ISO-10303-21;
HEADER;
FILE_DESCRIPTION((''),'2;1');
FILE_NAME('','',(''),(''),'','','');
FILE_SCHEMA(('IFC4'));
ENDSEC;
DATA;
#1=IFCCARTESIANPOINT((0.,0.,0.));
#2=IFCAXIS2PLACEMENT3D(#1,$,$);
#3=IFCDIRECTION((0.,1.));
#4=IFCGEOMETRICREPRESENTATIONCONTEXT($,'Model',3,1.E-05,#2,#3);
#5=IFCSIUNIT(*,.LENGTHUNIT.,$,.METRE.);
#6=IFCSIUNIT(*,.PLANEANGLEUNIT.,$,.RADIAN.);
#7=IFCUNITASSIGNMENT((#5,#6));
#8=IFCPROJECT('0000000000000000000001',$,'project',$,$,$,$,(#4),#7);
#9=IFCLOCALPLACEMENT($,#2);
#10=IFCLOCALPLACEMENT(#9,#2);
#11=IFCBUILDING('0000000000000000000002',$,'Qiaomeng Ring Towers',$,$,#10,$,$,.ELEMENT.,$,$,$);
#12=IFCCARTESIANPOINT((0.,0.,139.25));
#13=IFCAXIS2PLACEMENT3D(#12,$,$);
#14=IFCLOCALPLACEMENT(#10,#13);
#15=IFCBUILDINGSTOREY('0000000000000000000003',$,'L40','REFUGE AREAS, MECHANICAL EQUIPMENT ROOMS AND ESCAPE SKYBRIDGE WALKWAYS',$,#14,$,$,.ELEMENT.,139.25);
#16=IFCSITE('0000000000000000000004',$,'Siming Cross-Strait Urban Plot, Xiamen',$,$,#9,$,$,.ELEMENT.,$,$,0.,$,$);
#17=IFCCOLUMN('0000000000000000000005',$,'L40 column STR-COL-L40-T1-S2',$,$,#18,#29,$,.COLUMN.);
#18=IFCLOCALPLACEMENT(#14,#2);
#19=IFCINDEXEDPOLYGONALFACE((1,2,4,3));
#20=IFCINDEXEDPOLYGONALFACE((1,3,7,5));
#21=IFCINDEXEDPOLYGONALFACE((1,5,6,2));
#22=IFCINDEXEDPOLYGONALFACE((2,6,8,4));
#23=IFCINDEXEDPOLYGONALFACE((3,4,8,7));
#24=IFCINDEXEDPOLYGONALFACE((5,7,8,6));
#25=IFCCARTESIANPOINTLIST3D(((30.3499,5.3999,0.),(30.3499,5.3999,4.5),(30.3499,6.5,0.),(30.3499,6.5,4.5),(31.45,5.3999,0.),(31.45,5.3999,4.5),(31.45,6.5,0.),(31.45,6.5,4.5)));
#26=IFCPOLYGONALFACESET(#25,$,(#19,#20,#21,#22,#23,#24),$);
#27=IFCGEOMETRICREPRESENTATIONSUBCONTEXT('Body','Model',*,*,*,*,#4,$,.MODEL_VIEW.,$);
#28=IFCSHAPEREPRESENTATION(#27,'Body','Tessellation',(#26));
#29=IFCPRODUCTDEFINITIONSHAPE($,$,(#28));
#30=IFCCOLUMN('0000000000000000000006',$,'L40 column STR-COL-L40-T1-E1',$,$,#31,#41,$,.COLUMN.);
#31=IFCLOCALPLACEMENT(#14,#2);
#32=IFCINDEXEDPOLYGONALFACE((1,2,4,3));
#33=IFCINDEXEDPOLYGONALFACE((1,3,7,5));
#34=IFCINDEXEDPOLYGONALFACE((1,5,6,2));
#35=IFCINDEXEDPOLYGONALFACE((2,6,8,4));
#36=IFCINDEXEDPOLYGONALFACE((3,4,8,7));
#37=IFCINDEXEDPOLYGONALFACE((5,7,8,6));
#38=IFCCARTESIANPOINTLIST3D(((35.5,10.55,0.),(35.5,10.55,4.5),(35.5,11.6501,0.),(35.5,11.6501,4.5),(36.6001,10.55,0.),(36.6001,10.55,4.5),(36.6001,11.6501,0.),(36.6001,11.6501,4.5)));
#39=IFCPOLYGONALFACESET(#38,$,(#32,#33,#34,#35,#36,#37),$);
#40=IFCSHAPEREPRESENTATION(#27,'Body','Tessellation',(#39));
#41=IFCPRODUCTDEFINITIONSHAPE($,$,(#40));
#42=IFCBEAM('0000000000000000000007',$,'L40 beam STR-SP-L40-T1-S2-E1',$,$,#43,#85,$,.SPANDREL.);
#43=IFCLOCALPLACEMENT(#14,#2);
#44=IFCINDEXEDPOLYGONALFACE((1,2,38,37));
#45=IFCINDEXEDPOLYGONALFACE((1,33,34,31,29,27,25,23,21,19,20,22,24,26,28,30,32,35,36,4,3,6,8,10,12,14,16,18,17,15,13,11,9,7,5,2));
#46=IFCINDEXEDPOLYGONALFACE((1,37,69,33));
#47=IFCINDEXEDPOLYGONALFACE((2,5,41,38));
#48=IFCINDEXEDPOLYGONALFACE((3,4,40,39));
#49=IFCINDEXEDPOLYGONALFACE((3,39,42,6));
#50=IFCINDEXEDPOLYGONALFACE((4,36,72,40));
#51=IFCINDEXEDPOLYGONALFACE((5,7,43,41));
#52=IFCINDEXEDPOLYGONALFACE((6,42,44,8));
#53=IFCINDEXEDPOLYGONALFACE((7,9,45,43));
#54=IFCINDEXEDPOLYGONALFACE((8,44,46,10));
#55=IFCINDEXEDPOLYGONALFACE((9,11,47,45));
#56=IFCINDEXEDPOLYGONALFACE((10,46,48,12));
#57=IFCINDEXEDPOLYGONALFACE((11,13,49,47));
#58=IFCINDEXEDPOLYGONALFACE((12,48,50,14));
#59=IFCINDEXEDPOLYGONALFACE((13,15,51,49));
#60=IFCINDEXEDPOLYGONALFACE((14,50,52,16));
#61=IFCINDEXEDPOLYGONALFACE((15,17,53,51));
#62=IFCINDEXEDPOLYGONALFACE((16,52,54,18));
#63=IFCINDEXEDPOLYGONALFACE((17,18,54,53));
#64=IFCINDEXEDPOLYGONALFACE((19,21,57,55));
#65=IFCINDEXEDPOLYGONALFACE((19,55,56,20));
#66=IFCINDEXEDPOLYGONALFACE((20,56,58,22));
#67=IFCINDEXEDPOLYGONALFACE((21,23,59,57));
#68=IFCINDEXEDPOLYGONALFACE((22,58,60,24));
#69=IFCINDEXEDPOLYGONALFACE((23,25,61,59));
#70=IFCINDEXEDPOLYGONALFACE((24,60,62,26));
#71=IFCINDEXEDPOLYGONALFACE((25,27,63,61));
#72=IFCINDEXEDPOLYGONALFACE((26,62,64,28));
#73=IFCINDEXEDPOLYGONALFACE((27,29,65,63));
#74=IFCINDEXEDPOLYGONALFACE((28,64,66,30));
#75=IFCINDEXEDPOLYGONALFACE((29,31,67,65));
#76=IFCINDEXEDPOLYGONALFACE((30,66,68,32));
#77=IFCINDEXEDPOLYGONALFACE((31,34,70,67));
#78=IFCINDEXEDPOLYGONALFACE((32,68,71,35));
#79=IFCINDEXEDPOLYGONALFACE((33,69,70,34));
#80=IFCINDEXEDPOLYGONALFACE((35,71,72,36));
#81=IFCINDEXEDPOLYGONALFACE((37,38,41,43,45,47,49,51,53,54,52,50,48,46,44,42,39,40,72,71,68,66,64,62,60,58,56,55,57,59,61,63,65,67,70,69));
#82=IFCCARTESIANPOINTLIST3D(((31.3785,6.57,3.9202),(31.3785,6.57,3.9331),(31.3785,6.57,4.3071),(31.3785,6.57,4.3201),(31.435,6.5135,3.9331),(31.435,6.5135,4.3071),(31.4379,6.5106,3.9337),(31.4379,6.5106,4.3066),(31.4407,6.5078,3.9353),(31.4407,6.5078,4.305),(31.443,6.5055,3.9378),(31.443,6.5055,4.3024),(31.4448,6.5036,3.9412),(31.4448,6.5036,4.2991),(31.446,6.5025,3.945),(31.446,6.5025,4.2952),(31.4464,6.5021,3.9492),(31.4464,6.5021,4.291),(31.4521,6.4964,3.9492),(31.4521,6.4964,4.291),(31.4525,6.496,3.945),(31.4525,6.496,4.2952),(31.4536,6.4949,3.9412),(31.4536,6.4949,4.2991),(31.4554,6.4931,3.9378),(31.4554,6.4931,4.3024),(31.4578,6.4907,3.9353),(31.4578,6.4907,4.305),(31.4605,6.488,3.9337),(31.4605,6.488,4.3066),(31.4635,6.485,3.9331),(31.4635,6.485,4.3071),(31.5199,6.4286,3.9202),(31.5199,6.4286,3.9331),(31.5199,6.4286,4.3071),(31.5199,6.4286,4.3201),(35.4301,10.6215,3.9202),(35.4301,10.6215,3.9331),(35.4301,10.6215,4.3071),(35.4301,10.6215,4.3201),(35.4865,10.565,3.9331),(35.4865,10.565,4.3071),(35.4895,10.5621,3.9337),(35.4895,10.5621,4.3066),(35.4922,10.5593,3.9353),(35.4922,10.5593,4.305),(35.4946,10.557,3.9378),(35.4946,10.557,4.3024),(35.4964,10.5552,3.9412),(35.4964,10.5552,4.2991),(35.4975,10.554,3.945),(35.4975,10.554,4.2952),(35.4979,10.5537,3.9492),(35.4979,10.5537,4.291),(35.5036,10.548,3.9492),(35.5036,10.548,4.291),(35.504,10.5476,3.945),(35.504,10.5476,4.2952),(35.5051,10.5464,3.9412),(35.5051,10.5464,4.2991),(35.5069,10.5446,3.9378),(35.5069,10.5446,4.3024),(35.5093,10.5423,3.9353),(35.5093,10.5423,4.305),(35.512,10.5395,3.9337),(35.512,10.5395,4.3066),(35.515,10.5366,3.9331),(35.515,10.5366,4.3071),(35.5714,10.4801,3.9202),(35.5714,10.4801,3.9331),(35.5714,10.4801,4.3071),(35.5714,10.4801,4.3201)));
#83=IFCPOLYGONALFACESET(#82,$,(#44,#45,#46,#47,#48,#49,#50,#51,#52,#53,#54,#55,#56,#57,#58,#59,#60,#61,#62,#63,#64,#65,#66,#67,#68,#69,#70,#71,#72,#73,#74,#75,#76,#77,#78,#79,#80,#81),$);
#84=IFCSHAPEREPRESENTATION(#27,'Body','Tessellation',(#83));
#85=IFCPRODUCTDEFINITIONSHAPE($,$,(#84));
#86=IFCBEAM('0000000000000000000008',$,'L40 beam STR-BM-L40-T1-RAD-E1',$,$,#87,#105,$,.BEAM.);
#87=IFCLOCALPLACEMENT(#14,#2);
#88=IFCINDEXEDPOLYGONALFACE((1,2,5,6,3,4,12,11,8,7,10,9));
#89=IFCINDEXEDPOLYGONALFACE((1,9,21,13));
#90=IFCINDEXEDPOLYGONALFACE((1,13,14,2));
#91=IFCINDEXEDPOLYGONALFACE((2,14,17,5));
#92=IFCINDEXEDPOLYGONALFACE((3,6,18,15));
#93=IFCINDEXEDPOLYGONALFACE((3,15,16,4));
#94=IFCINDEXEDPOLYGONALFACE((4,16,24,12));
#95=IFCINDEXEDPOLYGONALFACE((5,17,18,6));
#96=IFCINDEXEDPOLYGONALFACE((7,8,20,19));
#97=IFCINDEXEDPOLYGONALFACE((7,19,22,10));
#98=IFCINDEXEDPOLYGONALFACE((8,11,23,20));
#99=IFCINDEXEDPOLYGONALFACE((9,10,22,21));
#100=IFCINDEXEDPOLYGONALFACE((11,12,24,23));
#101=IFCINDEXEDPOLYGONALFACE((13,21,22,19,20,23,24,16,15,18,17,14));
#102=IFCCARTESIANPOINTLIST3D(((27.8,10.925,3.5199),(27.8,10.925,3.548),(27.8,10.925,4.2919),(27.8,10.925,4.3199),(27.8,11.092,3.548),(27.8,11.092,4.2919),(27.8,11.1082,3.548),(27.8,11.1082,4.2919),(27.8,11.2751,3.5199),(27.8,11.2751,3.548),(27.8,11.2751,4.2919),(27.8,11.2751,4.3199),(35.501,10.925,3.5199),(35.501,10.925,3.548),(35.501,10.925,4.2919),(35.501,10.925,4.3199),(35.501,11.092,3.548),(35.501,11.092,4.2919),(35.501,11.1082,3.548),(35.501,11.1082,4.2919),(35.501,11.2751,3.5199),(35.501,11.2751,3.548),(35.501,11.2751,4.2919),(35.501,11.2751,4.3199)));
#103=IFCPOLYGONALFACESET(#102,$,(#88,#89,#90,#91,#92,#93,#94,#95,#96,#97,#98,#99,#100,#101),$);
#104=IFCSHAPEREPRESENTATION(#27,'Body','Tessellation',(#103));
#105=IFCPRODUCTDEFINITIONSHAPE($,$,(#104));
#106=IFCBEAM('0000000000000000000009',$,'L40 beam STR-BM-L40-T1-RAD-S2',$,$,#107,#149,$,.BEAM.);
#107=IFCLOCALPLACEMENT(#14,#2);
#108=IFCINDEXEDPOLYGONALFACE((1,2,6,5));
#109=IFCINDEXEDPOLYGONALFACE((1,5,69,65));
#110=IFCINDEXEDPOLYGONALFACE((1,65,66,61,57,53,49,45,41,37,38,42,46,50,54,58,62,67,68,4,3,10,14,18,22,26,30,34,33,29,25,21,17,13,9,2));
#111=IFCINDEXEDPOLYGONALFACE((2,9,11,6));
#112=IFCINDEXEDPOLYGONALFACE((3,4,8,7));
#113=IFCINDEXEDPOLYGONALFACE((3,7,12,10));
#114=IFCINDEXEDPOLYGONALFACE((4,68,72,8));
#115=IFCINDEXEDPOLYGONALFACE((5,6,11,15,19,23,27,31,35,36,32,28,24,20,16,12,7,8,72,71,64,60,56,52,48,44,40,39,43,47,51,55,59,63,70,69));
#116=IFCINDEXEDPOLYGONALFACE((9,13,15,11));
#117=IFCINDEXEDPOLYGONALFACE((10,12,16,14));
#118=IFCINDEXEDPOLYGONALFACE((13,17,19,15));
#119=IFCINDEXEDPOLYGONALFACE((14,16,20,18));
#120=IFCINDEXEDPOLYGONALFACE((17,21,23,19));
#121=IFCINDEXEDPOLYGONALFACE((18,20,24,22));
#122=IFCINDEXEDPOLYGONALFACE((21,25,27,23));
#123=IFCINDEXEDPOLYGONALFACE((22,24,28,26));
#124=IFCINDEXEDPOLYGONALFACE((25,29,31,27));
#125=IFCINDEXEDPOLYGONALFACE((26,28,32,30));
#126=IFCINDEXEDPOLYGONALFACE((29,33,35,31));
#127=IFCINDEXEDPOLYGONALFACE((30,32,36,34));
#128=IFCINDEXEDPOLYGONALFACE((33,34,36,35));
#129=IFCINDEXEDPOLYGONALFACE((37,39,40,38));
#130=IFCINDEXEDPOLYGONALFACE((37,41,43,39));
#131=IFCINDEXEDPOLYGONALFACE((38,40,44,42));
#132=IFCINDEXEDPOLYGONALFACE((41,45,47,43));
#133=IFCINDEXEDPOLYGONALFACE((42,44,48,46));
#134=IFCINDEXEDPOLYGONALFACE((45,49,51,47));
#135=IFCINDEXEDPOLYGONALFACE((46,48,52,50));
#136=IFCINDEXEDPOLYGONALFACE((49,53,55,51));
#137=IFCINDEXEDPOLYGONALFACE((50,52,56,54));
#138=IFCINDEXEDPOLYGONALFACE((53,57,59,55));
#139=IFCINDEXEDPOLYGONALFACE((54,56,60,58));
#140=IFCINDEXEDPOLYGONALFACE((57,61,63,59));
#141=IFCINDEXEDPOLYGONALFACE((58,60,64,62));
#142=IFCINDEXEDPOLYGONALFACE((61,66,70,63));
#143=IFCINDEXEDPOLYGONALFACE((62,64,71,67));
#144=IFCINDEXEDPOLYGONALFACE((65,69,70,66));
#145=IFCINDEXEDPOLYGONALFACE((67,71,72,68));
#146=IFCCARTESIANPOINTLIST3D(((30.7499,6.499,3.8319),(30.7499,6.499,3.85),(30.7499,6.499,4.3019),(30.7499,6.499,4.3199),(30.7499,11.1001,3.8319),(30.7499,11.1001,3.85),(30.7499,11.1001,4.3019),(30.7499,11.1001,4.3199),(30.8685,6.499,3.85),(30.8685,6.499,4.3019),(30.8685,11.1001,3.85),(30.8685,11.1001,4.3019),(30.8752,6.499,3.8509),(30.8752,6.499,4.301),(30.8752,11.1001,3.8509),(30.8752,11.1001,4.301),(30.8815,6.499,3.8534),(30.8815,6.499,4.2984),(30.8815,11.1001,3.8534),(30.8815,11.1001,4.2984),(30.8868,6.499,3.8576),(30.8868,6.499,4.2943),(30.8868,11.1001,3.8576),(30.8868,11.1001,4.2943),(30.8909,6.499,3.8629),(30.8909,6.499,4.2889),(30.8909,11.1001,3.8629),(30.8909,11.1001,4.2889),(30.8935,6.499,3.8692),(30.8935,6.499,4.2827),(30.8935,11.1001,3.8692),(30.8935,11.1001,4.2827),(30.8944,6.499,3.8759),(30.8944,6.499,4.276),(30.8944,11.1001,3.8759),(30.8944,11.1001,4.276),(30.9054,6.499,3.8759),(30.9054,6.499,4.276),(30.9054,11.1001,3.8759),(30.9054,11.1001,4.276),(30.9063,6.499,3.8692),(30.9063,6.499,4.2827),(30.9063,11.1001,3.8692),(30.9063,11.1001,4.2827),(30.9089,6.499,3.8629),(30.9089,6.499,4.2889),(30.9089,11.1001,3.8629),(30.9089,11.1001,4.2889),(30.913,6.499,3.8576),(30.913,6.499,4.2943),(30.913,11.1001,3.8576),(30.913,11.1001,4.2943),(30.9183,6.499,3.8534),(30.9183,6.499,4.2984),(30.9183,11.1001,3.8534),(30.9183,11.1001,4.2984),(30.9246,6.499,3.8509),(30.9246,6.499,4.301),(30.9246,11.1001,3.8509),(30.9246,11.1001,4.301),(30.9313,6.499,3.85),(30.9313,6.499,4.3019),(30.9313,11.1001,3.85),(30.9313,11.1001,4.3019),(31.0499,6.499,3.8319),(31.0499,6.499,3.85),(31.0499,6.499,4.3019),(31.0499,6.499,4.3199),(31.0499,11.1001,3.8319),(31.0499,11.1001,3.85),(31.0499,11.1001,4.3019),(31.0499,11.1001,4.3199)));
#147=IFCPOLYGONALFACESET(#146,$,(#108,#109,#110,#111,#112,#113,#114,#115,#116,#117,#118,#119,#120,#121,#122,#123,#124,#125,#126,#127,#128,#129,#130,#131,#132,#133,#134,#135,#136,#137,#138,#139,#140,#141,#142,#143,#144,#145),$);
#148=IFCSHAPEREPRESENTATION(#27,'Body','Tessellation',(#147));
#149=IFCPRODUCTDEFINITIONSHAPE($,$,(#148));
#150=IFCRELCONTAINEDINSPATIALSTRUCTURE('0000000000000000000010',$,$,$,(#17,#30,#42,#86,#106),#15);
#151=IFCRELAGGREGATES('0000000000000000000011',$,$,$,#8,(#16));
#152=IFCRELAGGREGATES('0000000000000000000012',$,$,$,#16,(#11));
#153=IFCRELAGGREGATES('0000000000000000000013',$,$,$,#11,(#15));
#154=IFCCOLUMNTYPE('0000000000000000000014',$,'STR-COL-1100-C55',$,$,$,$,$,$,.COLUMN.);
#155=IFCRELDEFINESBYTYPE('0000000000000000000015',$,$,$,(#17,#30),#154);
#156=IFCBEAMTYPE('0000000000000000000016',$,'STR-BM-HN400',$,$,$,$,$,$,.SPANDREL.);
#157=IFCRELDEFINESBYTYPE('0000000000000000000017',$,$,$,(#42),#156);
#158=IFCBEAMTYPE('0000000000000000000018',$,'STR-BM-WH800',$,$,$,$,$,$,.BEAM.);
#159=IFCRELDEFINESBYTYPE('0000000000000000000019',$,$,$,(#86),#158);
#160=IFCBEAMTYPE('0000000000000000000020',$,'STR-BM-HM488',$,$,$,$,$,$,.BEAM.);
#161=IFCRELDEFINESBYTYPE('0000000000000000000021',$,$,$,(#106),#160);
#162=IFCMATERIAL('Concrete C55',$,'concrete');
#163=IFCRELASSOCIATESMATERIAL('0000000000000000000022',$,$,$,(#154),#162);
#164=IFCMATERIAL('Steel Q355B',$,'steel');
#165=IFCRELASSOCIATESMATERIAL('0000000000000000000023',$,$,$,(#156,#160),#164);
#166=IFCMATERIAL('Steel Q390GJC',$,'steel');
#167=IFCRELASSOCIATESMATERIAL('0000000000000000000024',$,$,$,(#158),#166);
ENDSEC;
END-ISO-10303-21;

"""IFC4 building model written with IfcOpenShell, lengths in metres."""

from ifc_helpers import new_model, si_unit, direction, frame, origin, origin_2d, place, context, subcontext, project, spatial, rectangle, i_section, extrude, source, transform, mapped, material, material_profile, profile_set, type_object, element, save


model = new_model("IFC4")

# Units and contexts
model_context = context("Model", 3, precision=1e-05, world=origin(), true_north=direction((0.0, 1.0)))
body_context = subcontext(model_context, "Body", "Model", "MODEL_VIEW")
ifc_project = project(units=[si_unit("LENGTHUNIT", "METRE"), si_unit("PLANEANGLEUNIT", "RADIAN")], contexts=[model_context])

# Site, building, storey
site_placement = place(None, origin())
site = spatial("IfcSite", under=ifc_project, at=site_placement, Name="Siming Cross-Strait Urban Plot, Xiamen", CompositionType="ELEMENT", RefElevation=0.0)
building_placement = place(site_placement, origin())
building = spatial("IfcBuilding", under=site, at=building_placement, Name="Qiaomeng Ring Towers", CompositionType="ELEMENT")
storey_placement = place(building_placement, frame((0.0, 0.0, 139.25)))
storey = spatial("IfcBuildingStorey", under=building, at=storey_placement, Name="L40", Description="REFUGE AREAS, MECHANICAL EQUIPMENT ROOMS AND ESCAPE SKYBRIDGE WALKWAYS", CompositionType="ELEMENT", Elevation=139.25)

# Columns
ifc_material_1 = material(Name="Concrete C55", Category="concrete")
ifc_material_profile_1 = material_profile(ifc_material_1, rectangle(XDim=1.1001, YDim=1.1001, at=origin_2d()), Name="RC COL 1100x1100")
ifc_profile_set_1 = profile_set([ifc_material_profile_1], Name="Concrete C55")
column_type = type_object("IfcColumnType", Name="STR-COL-1100-C55", PredefinedType="COLUMN", material=ifc_profile_set_1)
shared_shape_1 = source(origin(), body_context, "Body", "SweptSolid", [
    extrude(rectangle(XDim=1.1001, YDim=1.1001, at=origin_2d()), origin(), (0.0, 0.0, 1.0), 4.5),
])
for number, where, z_axis, x_axis, name in (
    (1, (30.8999, 5.95, 0.0), (0.0, 0.0, 1.0), (1.0, 0.0, 0.0), "L40 column STR-COL-L40-T1-S2"),
    (2, (36.05, 11.1001, 0.0), (0.0, 0.0, 1.0), (1.0, 0.0, 0.0), "L40 column STR-COL-L40-T1-E1"),
):
    element("IfcColumn", number, at=place(storey_placement, frame(where, z_axis=z_axis, x_axis=x_axis)), inside=storey, type_object=column_type, Name=name, PredefinedType="COLUMN", context=body_context, shape_type="MappedRepresentation", body=[
        mapped(shared_shape_1, transform((0.0, 0.0, 0.0), x_axis=(1.0, 0.0, 0.0), y_axis=(0.0, 1.0, 0.0), z_axis=(0.0, 0.0, 1.0), scale=1.0)),
    ])

# Beams
ifc_material_2 = material(Name="Steel Q355B", Category="steel")
ifc_material_profile_2 = material_profile(ifc_material_2, i_section(OverallWidth=0.2, OverallDepth=0.3999, WebThickness=0.0081, FlangeThickness=0.0129, FilletRadius=0.0161, at=origin_2d()), Name="HN 400x200x8x13")
ifc_profile_set_2 = profile_set([ifc_material_profile_2], Name="Steel Q355B")
beam_type_1 = type_object("IfcBeamType", Name="STR-BM-HN400", PredefinedType="SPANDREL", material=ifc_profile_set_2)
shared_shape_2 = source(origin(), body_context, "Body", "SweptSolid", [
    extrude(i_section(OverallWidth=0.2, OverallDepth=0.3999, WebThickness=0.0081, FlangeThickness=0.0129, FilletRadius=0.0161, at=origin_2d()), origin(), (0.0, 0.0, 1.0), 5.7297),
])
beam_1_placement = place(storey_placement, frame((31.4492, 6.4993, 4.1201), z_axis=(0.707107, 0.707107, 0.0), x_axis=(-0.707107, 0.707107, 0.0)))
element("IfcBeam", 3, at=beam_1_placement, inside=storey, type_object=beam_type_1, Name="L40 beam STR-SP-L40-T1-S2-E1", PredefinedType="SPANDREL", context=body_context, shape_type="MappedRepresentation", body=[
    mapped(shared_shape_2, transform((0.0, 0.0, 0.0), x_axis=(1.0, 0.0, 0.0), y_axis=(0.0, 1.0, 0.0), z_axis=(0.0, 0.0, 1.0), scale=1.0)),
])
ifc_material_3 = material(Name="Steel Q390GJC", Category="steel")
ifc_material_profile_3 = material_profile(ifc_material_3, i_section(OverallWidth=0.3501, OverallDepth=0.8, WebThickness=0.0161, FlangeThickness=0.0281, at=origin_2d()), Name="WH 800x350x16x28")
ifc_profile_set_3 = profile_set([ifc_material_profile_3], Name="Steel Q390GJC")
beam_type_2 = type_object("IfcBeamType", Name="STR-BM-WH800", PredefinedType="BEAM", material=ifc_profile_set_3)
shared_shape_3 = source(origin(), body_context, "Body", "SweptSolid", [
    extrude(i_section(OverallWidth=0.3501, OverallDepth=0.8, WebThickness=0.0161, FlangeThickness=0.0281, at=origin_2d()), origin(), (0.0, 0.0, 1.0), 7.7009),
])
beam_2_placement = place(storey_placement, frame((27.8, 11.1001, 3.9199), z_axis=(1.0, 0.0, 0.0), x_axis=(0.0, 1.0, 0.0)))
element("IfcBeam", 4, at=beam_2_placement, inside=storey, type_object=beam_type_2, Name="L40 beam STR-BM-L40-T1-RAD-E1", PredefinedType="BEAM", context=body_context, shape_type="MappedRepresentation", body=[
    mapped(shared_shape_3, transform((0.0, 0.0, 0.0), x_axis=(1.0, 0.0, 0.0), y_axis=(0.0, 1.0, 0.0), z_axis=(0.0, 0.0, 1.0), scale=1.0)),
])
ifc_material_profile_4 = material_profile(ifc_material_2, i_section(OverallWidth=0.3, OverallDepth=0.488, WebThickness=0.011, FlangeThickness=0.0181, FilletRadius=0.0259, at=origin_2d()), Name="HM 488x300x11x18")
ifc_profile_set_4 = profile_set([ifc_material_profile_4], Name="Steel Q355B")
beam_type_3 = type_object("IfcBeamType", Name="STR-BM-HM488", PredefinedType="BEAM", material=ifc_profile_set_4)
shared_shape_4 = source(origin(), body_context, "Body", "SweptSolid", [
    extrude(i_section(OverallWidth=0.3, OverallDepth=0.488, WebThickness=0.011, FlangeThickness=0.0181, FilletRadius=0.0259, at=origin_2d()), origin(), (0.0, 0.0, 1.0), 4.6011),
])
beam_3_placement = place(storey_placement, frame((30.8999, 6.499, 4.0759), z_axis=(0.0, 1.0, 0.0), x_axis=(-1.0, 0.0, 0.0)))
element("IfcBeam", 5, at=beam_3_placement, inside=storey, type_object=beam_type_3, Name="L40 beam STR-BM-L40-T1-RAD-S2", PredefinedType="BEAM", context=body_context, shape_type="MappedRepresentation", body=[
    mapped(shared_shape_4, transform((0.0, 0.0, 0.0), x_axis=(1.0, 0.0, 0.0), y_axis=(0.0, 1.0, 0.0), z_axis=(0.0, 0.0, 1.0), scale=1.0)),
])

save(model, "model.ifc")
